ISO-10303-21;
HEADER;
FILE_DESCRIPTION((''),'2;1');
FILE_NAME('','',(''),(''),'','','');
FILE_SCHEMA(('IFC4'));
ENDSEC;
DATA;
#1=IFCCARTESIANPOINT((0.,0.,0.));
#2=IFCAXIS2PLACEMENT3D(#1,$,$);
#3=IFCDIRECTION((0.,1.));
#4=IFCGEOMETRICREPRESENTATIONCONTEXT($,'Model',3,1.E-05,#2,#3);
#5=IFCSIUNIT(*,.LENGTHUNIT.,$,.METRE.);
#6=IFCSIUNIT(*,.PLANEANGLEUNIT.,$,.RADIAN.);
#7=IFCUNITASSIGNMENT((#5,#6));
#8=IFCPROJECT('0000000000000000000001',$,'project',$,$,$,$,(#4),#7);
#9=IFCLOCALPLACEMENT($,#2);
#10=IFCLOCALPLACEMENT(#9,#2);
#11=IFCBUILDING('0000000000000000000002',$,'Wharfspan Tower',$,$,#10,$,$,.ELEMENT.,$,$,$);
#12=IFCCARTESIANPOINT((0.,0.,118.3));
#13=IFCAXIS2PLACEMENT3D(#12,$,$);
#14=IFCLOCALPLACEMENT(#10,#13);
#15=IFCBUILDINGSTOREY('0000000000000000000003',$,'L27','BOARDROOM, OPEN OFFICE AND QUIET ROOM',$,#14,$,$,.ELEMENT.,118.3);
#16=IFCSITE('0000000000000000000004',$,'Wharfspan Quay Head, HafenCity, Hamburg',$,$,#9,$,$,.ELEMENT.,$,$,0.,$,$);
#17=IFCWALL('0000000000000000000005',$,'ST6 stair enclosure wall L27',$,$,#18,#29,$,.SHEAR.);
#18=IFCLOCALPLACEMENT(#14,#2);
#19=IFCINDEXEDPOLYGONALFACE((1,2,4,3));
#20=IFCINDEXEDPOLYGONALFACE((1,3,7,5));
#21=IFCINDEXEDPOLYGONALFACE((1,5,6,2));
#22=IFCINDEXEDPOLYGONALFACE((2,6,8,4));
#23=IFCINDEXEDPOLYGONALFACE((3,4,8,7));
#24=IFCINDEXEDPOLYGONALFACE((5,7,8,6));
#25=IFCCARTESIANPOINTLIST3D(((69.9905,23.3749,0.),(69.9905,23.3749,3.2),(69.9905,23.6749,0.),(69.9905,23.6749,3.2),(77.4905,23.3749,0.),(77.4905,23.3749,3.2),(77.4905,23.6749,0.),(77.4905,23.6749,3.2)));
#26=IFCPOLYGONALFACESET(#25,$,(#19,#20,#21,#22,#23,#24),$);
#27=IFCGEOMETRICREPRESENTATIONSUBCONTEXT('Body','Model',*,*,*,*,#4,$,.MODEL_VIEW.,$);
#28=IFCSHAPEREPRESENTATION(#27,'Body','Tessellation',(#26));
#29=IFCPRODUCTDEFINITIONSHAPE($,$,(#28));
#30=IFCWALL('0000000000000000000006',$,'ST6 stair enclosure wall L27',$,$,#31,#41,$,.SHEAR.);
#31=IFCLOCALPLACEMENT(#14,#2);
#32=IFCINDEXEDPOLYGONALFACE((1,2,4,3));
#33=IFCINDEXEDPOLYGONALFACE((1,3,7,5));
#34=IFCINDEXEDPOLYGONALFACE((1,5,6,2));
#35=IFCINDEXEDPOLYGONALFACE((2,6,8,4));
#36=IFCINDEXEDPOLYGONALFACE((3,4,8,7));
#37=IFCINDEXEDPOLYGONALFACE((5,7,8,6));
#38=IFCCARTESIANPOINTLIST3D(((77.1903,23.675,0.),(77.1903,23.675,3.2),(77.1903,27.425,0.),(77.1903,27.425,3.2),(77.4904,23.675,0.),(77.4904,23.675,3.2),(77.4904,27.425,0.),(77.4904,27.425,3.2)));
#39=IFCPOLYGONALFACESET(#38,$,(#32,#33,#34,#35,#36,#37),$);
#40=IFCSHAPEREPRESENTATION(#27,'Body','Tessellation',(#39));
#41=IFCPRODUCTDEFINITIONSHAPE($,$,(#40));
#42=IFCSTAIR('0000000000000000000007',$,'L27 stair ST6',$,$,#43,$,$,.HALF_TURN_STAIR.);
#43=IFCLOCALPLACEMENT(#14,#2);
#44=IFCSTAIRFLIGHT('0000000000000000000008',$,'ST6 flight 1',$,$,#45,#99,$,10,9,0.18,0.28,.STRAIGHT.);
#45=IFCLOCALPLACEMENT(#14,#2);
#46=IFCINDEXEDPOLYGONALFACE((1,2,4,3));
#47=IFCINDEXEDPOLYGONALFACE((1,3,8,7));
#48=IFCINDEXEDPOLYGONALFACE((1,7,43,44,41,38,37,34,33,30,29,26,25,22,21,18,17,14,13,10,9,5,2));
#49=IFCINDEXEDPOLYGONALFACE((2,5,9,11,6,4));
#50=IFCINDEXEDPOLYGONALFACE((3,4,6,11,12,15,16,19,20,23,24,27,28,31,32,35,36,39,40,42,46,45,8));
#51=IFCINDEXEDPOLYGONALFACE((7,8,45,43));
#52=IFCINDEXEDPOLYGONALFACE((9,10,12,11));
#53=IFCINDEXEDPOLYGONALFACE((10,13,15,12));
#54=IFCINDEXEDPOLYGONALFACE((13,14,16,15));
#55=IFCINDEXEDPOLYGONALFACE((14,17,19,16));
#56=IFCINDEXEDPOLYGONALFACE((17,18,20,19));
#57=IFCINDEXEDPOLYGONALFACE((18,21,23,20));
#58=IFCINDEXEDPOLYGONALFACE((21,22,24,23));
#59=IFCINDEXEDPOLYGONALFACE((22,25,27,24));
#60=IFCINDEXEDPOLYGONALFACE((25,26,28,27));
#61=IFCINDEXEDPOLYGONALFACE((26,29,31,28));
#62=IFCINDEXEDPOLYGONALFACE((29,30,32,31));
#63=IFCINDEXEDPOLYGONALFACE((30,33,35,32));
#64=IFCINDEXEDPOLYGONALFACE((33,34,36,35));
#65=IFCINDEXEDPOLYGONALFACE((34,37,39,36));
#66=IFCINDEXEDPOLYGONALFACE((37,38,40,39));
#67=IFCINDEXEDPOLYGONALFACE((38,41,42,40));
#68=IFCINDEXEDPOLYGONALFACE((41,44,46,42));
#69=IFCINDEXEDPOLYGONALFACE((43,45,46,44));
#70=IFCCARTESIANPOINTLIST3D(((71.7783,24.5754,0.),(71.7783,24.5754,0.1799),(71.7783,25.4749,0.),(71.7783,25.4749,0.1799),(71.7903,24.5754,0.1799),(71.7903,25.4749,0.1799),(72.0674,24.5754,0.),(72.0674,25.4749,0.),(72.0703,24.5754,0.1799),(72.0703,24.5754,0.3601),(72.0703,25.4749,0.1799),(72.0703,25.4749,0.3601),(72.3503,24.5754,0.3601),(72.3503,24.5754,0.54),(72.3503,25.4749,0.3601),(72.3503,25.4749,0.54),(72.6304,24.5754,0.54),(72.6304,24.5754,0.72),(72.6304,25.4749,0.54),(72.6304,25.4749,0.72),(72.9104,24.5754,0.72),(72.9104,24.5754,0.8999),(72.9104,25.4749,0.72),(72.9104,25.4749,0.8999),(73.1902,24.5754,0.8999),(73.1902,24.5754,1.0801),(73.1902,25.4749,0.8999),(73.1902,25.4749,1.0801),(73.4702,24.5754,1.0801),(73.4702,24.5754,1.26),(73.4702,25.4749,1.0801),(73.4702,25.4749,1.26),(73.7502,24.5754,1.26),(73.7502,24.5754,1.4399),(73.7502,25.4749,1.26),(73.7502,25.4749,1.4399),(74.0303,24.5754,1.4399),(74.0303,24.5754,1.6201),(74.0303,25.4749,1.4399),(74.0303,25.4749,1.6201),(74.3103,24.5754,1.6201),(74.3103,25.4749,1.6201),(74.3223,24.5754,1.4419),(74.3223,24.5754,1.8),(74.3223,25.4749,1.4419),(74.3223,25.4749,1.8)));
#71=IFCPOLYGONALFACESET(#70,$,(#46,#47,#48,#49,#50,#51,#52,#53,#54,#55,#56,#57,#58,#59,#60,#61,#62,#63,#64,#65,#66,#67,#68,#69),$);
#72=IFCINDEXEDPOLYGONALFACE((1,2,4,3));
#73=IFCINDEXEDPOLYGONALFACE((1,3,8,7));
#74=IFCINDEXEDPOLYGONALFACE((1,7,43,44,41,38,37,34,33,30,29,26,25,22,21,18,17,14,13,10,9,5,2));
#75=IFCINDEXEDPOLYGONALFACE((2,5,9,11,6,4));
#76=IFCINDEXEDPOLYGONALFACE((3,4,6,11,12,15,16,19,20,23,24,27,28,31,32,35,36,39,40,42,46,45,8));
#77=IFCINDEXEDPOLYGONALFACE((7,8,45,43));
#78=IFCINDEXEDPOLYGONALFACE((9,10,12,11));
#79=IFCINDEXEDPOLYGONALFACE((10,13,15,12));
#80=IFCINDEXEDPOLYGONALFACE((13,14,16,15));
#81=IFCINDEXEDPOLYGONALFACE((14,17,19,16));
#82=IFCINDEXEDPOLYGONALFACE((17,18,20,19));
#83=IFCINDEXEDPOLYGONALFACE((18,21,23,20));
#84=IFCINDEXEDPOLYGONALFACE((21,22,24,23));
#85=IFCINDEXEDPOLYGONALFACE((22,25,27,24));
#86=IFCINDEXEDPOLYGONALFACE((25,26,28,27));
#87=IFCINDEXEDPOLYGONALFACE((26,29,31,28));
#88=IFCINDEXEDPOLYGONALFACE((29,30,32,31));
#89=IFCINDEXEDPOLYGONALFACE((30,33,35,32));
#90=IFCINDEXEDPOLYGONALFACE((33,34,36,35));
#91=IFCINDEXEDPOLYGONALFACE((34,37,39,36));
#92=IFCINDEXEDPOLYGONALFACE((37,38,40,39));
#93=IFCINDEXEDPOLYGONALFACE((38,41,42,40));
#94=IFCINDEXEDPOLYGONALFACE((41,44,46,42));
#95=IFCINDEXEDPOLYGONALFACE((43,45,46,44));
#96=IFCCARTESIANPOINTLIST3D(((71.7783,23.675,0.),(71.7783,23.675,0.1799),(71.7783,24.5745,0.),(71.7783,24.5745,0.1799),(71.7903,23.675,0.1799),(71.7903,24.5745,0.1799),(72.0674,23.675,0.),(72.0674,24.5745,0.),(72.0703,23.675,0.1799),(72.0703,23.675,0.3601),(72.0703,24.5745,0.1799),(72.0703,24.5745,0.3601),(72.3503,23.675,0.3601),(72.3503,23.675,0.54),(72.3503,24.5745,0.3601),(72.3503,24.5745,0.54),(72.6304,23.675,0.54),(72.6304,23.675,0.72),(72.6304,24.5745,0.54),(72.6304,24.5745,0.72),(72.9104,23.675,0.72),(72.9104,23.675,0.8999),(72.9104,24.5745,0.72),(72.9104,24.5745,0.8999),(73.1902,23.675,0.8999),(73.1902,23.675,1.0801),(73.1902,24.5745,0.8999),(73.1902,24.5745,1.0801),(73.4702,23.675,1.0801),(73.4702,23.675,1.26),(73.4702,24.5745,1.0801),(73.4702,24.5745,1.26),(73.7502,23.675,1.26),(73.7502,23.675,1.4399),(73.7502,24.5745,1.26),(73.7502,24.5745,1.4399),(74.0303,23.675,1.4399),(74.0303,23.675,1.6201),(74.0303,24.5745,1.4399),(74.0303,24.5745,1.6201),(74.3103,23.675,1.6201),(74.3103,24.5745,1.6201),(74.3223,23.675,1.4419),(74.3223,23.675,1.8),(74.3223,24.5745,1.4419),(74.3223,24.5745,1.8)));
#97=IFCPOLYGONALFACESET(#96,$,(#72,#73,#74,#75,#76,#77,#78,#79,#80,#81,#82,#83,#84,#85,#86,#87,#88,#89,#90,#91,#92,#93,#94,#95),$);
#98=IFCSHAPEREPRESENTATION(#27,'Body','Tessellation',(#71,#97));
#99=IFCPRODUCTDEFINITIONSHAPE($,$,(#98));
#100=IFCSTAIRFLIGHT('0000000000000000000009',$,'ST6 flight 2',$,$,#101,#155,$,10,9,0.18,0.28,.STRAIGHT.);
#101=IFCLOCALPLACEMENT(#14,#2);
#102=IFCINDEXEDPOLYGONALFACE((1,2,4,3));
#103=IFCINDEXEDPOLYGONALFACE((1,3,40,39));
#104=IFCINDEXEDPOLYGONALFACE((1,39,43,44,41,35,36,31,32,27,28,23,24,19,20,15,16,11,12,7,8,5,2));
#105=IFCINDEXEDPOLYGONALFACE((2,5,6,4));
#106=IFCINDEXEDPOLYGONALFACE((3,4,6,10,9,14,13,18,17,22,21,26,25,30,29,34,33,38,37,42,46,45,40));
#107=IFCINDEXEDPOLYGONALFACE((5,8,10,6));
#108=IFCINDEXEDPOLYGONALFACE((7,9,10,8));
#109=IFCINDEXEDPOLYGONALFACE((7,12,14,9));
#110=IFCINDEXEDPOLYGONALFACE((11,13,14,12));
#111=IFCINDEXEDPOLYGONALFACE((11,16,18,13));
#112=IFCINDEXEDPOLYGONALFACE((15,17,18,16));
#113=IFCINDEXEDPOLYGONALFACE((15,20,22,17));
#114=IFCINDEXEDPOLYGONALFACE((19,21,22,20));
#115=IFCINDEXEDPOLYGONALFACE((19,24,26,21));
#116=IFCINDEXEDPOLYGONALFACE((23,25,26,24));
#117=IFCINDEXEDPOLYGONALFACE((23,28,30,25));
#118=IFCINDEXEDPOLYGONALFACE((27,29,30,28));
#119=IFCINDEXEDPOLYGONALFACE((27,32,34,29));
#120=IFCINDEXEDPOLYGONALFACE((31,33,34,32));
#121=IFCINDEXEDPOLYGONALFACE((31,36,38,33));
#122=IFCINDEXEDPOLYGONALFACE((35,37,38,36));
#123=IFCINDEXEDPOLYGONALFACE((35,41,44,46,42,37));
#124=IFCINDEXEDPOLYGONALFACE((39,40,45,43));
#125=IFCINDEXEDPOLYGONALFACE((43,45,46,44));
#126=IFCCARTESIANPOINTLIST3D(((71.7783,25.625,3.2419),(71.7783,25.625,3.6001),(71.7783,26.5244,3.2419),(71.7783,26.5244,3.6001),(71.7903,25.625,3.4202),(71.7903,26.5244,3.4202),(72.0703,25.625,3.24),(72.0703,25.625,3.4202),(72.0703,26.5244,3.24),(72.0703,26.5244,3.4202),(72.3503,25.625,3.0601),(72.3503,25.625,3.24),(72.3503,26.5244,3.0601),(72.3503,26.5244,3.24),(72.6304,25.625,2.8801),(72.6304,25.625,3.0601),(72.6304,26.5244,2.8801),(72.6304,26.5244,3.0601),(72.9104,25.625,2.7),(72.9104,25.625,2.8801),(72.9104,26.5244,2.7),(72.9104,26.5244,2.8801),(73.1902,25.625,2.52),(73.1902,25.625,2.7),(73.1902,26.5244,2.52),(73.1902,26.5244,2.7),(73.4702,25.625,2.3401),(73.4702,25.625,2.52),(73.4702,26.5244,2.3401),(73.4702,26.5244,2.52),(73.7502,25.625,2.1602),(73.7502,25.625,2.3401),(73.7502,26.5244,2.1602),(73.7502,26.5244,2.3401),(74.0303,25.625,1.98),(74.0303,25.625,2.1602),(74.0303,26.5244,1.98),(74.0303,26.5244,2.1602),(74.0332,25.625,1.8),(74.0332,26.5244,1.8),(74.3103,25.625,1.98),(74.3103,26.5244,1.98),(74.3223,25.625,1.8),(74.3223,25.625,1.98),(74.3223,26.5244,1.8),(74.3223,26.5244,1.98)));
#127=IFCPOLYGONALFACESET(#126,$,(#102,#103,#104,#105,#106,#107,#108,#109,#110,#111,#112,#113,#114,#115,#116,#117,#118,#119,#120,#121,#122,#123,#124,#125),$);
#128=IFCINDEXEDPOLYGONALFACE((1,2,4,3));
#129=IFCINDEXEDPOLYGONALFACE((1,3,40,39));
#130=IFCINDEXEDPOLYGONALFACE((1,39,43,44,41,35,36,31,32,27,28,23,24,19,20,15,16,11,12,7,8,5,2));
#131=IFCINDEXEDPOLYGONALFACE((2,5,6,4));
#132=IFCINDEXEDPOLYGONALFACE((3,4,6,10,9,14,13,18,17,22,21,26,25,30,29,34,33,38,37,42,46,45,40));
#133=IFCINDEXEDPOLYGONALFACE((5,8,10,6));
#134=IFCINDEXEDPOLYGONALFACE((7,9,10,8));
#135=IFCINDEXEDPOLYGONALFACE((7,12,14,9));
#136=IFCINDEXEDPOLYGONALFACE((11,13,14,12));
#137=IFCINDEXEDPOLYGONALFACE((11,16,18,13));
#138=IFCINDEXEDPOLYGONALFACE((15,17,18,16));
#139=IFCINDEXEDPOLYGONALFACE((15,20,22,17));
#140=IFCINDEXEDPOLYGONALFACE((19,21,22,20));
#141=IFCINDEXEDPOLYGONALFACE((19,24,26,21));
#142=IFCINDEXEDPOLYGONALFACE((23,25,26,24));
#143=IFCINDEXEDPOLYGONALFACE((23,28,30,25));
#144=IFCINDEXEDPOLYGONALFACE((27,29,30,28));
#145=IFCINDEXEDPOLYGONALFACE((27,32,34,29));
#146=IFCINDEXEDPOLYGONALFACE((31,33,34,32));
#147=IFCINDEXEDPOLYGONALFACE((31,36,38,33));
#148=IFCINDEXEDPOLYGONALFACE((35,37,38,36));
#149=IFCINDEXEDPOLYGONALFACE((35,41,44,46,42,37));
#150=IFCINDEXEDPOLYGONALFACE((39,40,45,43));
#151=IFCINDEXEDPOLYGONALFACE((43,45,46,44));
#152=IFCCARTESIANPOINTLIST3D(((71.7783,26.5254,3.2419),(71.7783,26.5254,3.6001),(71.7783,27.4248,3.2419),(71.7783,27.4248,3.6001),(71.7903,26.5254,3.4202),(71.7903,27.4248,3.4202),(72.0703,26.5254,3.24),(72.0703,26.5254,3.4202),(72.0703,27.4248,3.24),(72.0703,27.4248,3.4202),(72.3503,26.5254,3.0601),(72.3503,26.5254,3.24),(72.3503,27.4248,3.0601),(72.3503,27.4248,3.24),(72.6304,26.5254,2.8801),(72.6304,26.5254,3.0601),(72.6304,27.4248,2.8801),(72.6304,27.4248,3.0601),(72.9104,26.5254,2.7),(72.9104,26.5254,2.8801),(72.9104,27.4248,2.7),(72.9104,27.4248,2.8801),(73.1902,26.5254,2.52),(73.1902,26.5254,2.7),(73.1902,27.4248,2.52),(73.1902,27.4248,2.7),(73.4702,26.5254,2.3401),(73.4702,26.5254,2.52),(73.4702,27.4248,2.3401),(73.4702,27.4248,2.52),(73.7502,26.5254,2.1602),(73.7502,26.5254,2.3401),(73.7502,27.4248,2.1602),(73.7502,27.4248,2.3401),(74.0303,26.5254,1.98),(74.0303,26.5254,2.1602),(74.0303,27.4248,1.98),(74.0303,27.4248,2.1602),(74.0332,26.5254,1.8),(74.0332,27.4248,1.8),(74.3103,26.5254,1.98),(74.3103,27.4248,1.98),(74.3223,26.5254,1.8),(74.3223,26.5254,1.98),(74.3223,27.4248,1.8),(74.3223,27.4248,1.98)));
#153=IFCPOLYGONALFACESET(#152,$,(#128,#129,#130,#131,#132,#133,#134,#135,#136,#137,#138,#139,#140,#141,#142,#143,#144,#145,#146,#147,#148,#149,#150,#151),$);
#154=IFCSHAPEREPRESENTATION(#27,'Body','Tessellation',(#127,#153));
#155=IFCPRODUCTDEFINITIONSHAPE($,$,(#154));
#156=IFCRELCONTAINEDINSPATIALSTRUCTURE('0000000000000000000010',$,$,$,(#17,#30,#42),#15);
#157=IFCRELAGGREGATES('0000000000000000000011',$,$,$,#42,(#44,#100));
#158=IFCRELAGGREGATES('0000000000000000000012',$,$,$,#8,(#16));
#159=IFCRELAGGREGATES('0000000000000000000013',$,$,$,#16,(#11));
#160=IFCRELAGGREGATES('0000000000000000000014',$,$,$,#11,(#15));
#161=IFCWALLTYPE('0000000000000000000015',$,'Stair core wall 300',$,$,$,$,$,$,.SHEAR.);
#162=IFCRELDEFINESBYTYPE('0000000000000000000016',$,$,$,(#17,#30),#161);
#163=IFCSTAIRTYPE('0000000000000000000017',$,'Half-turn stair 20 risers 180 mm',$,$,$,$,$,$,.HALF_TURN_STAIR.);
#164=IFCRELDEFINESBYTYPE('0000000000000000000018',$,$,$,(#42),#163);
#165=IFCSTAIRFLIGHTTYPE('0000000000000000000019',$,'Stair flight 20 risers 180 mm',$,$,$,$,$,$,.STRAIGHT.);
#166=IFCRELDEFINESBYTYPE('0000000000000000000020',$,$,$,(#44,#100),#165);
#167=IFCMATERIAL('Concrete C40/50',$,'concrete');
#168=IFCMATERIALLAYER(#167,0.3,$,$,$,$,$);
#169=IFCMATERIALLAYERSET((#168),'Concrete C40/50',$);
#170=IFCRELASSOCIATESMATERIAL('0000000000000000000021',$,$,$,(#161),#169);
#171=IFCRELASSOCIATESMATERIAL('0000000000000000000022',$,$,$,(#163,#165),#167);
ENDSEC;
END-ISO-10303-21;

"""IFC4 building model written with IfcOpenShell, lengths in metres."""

from ifc_helpers import new_model, si_unit, direction, frame, frame_2d, origin, place, context, subcontext, project, spatial, polyline, rectangle, outline, extrude, material, layer, layer_set, type_object, element, aggregate, save


model = new_model("IFC4")

# Units and contexts
model_context = context("Model", 3, precision=1e-05, world=origin(), true_north=direction((0.0, 1.0)))
body_context = subcontext(model_context, "Body", "Model", "MODEL_VIEW")
ifc_project = project(units=[si_unit("LENGTHUNIT", "METRE"), si_unit("PLANEANGLEUNIT", "RADIAN")], contexts=[model_context])

# Site, building, storey
site_placement = place(None, origin())
site = spatial("IfcSite", under=ifc_project, at=site_placement, Name="Wharfspan Quay Head, HafenCity, Hamburg", CompositionType="ELEMENT", RefElevation=0.0)
building_placement = place(site_placement, origin())
building = spatial("IfcBuilding", under=site, at=building_placement, Name="Wharfspan Tower", CompositionType="ELEMENT")
storey_placement = place(building_placement, frame((0.0, 0.0, 118.3)))
storey = spatial("IfcBuildingStorey", under=building, at=storey_placement, Name="L27", Description="BOARDROOM, OPEN OFFICE AND QUIET ROOM", CompositionType="ELEMENT", Elevation=118.3)

# Shared definitions
ifc_material_1 = material(Name="Concrete C40/50", Category="concrete")
ifc_layer_1 = layer(ifc_material_1, 0.3)
ifc_layer_set_1 = layer_set([ifc_layer_1], Name="Concrete C40/50")
wall_type_1 = type_object("IfcWallType", Name="Stair core wall 300", PredefinedType="SHEAR", material=ifc_layer_set_1)

# Walls
wall_1_placement = place(storey_placement, frame((69.9905, 23.5249, 0.0), z_axis=(0.0, 0.0, 1.0), x_axis=(1.0, 0.0, 0.0)))
element("IfcWall", 1, at=wall_1_placement, inside=storey, type_object=wall_type_1, Name="ST6 stair enclosure wall L27", PredefinedType="SHEAR", context=body_context, shape_type="SweptSolid", body=[
    extrude(rectangle(XDim=7.5, YDim=0.3, at=frame_2d((3.75, 0.0))), origin(), (0.0, 0.0, 1.0), 3.2),
])
wall_2_placement = place(storey_placement, frame((77.3403, 23.675, 0.0), z_axis=(0.0, 0.0, 1.0), x_axis=(0.0, 1.0, 0.0)))
element("IfcWall", 2, at=wall_2_placement, inside=storey, type_object=wall_type_1, Name="ST6 stair enclosure wall L27", PredefinedType="SHEAR", context=body_context, shape_type="SweptSolid", body=[
    extrude(rectangle(XDim=3.75, YDim=0.3, at=frame_2d((1.875, 0.0))), origin(), (0.0, 0.0, 1.0), 3.2),
])

# Stair, stair flights
stair_type = type_object("IfcStairType", Name="Half-turn stair 20 risers 180 mm", PredefinedType="HALF_TURN_STAIR", material=ifc_material_1)
stair_placement = place(storey_placement, origin())
stair = element("IfcStair", 3, at=stair_placement, inside=storey, type_object=stair_type, Name="L27 stair ST6", PredefinedType="HALF_TURN_STAIR")
stair_flight_type = type_object("IfcStairFlightType", Name="Stair flight 20 risers 180 mm", PredefinedType="STRAIGHT", material=ifc_material_1)
stair_flight_1_placement = place(storey_placement, frame((71.7903, 24.575, 0.0), z_axis=(0.0, 0.0, 1.0), x_axis=(1.0, 0.0, 0.0)))
stair_flight_1 = element("IfcStairFlight", 4, at=stair_flight_1_placement, type_object=stair_flight_type, Name="ST6 flight 1", NumberOfRisers=10, NumberOfTreads=9, PredefinedType="STRAIGHT", RiserHeight=0.18, TreadLength=0.28, context=body_context, shape_type="SweptSolid", body=[
    extrude(outline(polyline([(-0.012, 0.0), (-0.012, 0.1799), (0.0, 0.1799), (0.28, 0.1799), (0.28, 0.3601), (0.5601, 0.3601), (0.5601, 0.54), (0.8401, 0.54), (0.8401, 0.72), (1.1201, 0.72), (1.1201, 0.8999), (1.3999, 0.8999), (1.3999, 1.0801), (1.6799, 1.0801), (1.6799, 1.26), (1.96, 1.26), (1.96, 1.4399), (2.24, 1.4399), (2.24, 1.6201), (2.52, 1.6201), (2.532, 1.8), (2.532, 1.4419), (0.2771, 0.0), (-0.012, 0.0)])), frame((0.0, 0.8999, 0.0), z_axis=(0.0, -1.0, 0.0), x_axis=(1.0, 0.0, 0.0)), (0.0, 0.0, 1.0), 0.8994),
    extrude(outline(polyline([(-0.012, 0.0), (-0.012, 0.1799), (0.0, 0.1799), (0.28, 0.1799), (0.28, 0.3601), (0.5601, 0.3601), (0.5601, 0.54), (0.8401, 0.54), (0.8401, 0.72), (1.1201, 0.72), (1.1201, 0.8999), (1.3999, 0.8999), (1.3999, 1.0801), (1.6799, 1.0801), (1.6799, 1.26), (1.96, 1.26), (1.96, 1.4399), (2.24, 1.4399), (2.24, 1.6201), (2.52, 1.6201), (2.532, 1.8), (2.532, 1.4419), (0.2771, 0.0), (-0.012, 0.0)])), frame((0.0, -0.0005, 0.0), z_axis=(0.0, -1.0, 0.0), x_axis=(1.0, 0.0, 0.0)), (0.0, 0.0, 1.0), 0.8994),
])
stair_flight_2_placement = place(storey_placement, frame((74.3103, 26.5249, 1.8), z_axis=(0.0, 0.0, 1.0), x_axis=(-1.0, 0.0, 0.0)))
stair_flight_2 = element("IfcStairFlight", 5, at=stair_flight_2_placement, type_object=stair_flight_type, Name="ST6 flight 2", NumberOfRisers=10, NumberOfTreads=9, PredefinedType="STRAIGHT", RiserHeight=0.18, TreadLength=0.28, context=body_context, shape_type="SweptSolid", body=[
    extrude(outline(polyline([(-0.012, 0.0), (-0.012, 0.1799), (0.0, 0.1799), (0.28, 0.1799), (0.28, 0.3601), (0.5601, 0.3601), (0.5601, 0.54), (0.8401, 0.54), (0.8401, 0.72), (1.1201, 0.72), (1.1201, 0.8999), (1.3999, 0.8999), (1.3999, 1.0801), (1.6799, 1.0801), (1.6799, 1.26), (1.96, 1.26), (1.96, 1.4399), (2.24, 1.4399), (2.24, 1.6201), (2.52, 1.6201), (2.532, 1.8), (2.532, 1.4419), (0.2771, 0.0), (-0.012, 0.0)])), frame((0.0, 0.8999, 0.0), z_axis=(0.0, -1.0, 0.0), x_axis=(1.0, 0.0, 0.0)), (0.0, 0.0, 1.0), 0.8994),
    extrude(outline(polyline([(-0.012, 0.0), (-0.012, 0.1799), (0.0, 0.1799), (0.28, 0.1799), (0.28, 0.3601), (0.5601, 0.3601), (0.5601, 0.54), (0.8401, 0.54), (0.8401, 0.72), (1.1201, 0.72), (1.1201, 0.8999), (1.3999, 0.8999), (1.3999, 1.0801), (1.6799, 1.0801), (1.6799, 1.26), (1.96, 1.26), (1.96, 1.4399), (2.24, 1.4399), (2.24, 1.6201), (2.52, 1.6201), (2.532, 1.8), (2.532, 1.4419), (0.2771, 0.0), (-0.012, 0.0)])), frame((0.0, -0.0005, 0.0), z_axis=(0.0, -1.0, 0.0), x_axis=(1.0, 0.0, 0.0)), (0.0, 0.0, 1.0), 0.8994),
])
aggregate(stair, [stair_flight_1, stair_flight_2])

save(model, "model.ifc")
